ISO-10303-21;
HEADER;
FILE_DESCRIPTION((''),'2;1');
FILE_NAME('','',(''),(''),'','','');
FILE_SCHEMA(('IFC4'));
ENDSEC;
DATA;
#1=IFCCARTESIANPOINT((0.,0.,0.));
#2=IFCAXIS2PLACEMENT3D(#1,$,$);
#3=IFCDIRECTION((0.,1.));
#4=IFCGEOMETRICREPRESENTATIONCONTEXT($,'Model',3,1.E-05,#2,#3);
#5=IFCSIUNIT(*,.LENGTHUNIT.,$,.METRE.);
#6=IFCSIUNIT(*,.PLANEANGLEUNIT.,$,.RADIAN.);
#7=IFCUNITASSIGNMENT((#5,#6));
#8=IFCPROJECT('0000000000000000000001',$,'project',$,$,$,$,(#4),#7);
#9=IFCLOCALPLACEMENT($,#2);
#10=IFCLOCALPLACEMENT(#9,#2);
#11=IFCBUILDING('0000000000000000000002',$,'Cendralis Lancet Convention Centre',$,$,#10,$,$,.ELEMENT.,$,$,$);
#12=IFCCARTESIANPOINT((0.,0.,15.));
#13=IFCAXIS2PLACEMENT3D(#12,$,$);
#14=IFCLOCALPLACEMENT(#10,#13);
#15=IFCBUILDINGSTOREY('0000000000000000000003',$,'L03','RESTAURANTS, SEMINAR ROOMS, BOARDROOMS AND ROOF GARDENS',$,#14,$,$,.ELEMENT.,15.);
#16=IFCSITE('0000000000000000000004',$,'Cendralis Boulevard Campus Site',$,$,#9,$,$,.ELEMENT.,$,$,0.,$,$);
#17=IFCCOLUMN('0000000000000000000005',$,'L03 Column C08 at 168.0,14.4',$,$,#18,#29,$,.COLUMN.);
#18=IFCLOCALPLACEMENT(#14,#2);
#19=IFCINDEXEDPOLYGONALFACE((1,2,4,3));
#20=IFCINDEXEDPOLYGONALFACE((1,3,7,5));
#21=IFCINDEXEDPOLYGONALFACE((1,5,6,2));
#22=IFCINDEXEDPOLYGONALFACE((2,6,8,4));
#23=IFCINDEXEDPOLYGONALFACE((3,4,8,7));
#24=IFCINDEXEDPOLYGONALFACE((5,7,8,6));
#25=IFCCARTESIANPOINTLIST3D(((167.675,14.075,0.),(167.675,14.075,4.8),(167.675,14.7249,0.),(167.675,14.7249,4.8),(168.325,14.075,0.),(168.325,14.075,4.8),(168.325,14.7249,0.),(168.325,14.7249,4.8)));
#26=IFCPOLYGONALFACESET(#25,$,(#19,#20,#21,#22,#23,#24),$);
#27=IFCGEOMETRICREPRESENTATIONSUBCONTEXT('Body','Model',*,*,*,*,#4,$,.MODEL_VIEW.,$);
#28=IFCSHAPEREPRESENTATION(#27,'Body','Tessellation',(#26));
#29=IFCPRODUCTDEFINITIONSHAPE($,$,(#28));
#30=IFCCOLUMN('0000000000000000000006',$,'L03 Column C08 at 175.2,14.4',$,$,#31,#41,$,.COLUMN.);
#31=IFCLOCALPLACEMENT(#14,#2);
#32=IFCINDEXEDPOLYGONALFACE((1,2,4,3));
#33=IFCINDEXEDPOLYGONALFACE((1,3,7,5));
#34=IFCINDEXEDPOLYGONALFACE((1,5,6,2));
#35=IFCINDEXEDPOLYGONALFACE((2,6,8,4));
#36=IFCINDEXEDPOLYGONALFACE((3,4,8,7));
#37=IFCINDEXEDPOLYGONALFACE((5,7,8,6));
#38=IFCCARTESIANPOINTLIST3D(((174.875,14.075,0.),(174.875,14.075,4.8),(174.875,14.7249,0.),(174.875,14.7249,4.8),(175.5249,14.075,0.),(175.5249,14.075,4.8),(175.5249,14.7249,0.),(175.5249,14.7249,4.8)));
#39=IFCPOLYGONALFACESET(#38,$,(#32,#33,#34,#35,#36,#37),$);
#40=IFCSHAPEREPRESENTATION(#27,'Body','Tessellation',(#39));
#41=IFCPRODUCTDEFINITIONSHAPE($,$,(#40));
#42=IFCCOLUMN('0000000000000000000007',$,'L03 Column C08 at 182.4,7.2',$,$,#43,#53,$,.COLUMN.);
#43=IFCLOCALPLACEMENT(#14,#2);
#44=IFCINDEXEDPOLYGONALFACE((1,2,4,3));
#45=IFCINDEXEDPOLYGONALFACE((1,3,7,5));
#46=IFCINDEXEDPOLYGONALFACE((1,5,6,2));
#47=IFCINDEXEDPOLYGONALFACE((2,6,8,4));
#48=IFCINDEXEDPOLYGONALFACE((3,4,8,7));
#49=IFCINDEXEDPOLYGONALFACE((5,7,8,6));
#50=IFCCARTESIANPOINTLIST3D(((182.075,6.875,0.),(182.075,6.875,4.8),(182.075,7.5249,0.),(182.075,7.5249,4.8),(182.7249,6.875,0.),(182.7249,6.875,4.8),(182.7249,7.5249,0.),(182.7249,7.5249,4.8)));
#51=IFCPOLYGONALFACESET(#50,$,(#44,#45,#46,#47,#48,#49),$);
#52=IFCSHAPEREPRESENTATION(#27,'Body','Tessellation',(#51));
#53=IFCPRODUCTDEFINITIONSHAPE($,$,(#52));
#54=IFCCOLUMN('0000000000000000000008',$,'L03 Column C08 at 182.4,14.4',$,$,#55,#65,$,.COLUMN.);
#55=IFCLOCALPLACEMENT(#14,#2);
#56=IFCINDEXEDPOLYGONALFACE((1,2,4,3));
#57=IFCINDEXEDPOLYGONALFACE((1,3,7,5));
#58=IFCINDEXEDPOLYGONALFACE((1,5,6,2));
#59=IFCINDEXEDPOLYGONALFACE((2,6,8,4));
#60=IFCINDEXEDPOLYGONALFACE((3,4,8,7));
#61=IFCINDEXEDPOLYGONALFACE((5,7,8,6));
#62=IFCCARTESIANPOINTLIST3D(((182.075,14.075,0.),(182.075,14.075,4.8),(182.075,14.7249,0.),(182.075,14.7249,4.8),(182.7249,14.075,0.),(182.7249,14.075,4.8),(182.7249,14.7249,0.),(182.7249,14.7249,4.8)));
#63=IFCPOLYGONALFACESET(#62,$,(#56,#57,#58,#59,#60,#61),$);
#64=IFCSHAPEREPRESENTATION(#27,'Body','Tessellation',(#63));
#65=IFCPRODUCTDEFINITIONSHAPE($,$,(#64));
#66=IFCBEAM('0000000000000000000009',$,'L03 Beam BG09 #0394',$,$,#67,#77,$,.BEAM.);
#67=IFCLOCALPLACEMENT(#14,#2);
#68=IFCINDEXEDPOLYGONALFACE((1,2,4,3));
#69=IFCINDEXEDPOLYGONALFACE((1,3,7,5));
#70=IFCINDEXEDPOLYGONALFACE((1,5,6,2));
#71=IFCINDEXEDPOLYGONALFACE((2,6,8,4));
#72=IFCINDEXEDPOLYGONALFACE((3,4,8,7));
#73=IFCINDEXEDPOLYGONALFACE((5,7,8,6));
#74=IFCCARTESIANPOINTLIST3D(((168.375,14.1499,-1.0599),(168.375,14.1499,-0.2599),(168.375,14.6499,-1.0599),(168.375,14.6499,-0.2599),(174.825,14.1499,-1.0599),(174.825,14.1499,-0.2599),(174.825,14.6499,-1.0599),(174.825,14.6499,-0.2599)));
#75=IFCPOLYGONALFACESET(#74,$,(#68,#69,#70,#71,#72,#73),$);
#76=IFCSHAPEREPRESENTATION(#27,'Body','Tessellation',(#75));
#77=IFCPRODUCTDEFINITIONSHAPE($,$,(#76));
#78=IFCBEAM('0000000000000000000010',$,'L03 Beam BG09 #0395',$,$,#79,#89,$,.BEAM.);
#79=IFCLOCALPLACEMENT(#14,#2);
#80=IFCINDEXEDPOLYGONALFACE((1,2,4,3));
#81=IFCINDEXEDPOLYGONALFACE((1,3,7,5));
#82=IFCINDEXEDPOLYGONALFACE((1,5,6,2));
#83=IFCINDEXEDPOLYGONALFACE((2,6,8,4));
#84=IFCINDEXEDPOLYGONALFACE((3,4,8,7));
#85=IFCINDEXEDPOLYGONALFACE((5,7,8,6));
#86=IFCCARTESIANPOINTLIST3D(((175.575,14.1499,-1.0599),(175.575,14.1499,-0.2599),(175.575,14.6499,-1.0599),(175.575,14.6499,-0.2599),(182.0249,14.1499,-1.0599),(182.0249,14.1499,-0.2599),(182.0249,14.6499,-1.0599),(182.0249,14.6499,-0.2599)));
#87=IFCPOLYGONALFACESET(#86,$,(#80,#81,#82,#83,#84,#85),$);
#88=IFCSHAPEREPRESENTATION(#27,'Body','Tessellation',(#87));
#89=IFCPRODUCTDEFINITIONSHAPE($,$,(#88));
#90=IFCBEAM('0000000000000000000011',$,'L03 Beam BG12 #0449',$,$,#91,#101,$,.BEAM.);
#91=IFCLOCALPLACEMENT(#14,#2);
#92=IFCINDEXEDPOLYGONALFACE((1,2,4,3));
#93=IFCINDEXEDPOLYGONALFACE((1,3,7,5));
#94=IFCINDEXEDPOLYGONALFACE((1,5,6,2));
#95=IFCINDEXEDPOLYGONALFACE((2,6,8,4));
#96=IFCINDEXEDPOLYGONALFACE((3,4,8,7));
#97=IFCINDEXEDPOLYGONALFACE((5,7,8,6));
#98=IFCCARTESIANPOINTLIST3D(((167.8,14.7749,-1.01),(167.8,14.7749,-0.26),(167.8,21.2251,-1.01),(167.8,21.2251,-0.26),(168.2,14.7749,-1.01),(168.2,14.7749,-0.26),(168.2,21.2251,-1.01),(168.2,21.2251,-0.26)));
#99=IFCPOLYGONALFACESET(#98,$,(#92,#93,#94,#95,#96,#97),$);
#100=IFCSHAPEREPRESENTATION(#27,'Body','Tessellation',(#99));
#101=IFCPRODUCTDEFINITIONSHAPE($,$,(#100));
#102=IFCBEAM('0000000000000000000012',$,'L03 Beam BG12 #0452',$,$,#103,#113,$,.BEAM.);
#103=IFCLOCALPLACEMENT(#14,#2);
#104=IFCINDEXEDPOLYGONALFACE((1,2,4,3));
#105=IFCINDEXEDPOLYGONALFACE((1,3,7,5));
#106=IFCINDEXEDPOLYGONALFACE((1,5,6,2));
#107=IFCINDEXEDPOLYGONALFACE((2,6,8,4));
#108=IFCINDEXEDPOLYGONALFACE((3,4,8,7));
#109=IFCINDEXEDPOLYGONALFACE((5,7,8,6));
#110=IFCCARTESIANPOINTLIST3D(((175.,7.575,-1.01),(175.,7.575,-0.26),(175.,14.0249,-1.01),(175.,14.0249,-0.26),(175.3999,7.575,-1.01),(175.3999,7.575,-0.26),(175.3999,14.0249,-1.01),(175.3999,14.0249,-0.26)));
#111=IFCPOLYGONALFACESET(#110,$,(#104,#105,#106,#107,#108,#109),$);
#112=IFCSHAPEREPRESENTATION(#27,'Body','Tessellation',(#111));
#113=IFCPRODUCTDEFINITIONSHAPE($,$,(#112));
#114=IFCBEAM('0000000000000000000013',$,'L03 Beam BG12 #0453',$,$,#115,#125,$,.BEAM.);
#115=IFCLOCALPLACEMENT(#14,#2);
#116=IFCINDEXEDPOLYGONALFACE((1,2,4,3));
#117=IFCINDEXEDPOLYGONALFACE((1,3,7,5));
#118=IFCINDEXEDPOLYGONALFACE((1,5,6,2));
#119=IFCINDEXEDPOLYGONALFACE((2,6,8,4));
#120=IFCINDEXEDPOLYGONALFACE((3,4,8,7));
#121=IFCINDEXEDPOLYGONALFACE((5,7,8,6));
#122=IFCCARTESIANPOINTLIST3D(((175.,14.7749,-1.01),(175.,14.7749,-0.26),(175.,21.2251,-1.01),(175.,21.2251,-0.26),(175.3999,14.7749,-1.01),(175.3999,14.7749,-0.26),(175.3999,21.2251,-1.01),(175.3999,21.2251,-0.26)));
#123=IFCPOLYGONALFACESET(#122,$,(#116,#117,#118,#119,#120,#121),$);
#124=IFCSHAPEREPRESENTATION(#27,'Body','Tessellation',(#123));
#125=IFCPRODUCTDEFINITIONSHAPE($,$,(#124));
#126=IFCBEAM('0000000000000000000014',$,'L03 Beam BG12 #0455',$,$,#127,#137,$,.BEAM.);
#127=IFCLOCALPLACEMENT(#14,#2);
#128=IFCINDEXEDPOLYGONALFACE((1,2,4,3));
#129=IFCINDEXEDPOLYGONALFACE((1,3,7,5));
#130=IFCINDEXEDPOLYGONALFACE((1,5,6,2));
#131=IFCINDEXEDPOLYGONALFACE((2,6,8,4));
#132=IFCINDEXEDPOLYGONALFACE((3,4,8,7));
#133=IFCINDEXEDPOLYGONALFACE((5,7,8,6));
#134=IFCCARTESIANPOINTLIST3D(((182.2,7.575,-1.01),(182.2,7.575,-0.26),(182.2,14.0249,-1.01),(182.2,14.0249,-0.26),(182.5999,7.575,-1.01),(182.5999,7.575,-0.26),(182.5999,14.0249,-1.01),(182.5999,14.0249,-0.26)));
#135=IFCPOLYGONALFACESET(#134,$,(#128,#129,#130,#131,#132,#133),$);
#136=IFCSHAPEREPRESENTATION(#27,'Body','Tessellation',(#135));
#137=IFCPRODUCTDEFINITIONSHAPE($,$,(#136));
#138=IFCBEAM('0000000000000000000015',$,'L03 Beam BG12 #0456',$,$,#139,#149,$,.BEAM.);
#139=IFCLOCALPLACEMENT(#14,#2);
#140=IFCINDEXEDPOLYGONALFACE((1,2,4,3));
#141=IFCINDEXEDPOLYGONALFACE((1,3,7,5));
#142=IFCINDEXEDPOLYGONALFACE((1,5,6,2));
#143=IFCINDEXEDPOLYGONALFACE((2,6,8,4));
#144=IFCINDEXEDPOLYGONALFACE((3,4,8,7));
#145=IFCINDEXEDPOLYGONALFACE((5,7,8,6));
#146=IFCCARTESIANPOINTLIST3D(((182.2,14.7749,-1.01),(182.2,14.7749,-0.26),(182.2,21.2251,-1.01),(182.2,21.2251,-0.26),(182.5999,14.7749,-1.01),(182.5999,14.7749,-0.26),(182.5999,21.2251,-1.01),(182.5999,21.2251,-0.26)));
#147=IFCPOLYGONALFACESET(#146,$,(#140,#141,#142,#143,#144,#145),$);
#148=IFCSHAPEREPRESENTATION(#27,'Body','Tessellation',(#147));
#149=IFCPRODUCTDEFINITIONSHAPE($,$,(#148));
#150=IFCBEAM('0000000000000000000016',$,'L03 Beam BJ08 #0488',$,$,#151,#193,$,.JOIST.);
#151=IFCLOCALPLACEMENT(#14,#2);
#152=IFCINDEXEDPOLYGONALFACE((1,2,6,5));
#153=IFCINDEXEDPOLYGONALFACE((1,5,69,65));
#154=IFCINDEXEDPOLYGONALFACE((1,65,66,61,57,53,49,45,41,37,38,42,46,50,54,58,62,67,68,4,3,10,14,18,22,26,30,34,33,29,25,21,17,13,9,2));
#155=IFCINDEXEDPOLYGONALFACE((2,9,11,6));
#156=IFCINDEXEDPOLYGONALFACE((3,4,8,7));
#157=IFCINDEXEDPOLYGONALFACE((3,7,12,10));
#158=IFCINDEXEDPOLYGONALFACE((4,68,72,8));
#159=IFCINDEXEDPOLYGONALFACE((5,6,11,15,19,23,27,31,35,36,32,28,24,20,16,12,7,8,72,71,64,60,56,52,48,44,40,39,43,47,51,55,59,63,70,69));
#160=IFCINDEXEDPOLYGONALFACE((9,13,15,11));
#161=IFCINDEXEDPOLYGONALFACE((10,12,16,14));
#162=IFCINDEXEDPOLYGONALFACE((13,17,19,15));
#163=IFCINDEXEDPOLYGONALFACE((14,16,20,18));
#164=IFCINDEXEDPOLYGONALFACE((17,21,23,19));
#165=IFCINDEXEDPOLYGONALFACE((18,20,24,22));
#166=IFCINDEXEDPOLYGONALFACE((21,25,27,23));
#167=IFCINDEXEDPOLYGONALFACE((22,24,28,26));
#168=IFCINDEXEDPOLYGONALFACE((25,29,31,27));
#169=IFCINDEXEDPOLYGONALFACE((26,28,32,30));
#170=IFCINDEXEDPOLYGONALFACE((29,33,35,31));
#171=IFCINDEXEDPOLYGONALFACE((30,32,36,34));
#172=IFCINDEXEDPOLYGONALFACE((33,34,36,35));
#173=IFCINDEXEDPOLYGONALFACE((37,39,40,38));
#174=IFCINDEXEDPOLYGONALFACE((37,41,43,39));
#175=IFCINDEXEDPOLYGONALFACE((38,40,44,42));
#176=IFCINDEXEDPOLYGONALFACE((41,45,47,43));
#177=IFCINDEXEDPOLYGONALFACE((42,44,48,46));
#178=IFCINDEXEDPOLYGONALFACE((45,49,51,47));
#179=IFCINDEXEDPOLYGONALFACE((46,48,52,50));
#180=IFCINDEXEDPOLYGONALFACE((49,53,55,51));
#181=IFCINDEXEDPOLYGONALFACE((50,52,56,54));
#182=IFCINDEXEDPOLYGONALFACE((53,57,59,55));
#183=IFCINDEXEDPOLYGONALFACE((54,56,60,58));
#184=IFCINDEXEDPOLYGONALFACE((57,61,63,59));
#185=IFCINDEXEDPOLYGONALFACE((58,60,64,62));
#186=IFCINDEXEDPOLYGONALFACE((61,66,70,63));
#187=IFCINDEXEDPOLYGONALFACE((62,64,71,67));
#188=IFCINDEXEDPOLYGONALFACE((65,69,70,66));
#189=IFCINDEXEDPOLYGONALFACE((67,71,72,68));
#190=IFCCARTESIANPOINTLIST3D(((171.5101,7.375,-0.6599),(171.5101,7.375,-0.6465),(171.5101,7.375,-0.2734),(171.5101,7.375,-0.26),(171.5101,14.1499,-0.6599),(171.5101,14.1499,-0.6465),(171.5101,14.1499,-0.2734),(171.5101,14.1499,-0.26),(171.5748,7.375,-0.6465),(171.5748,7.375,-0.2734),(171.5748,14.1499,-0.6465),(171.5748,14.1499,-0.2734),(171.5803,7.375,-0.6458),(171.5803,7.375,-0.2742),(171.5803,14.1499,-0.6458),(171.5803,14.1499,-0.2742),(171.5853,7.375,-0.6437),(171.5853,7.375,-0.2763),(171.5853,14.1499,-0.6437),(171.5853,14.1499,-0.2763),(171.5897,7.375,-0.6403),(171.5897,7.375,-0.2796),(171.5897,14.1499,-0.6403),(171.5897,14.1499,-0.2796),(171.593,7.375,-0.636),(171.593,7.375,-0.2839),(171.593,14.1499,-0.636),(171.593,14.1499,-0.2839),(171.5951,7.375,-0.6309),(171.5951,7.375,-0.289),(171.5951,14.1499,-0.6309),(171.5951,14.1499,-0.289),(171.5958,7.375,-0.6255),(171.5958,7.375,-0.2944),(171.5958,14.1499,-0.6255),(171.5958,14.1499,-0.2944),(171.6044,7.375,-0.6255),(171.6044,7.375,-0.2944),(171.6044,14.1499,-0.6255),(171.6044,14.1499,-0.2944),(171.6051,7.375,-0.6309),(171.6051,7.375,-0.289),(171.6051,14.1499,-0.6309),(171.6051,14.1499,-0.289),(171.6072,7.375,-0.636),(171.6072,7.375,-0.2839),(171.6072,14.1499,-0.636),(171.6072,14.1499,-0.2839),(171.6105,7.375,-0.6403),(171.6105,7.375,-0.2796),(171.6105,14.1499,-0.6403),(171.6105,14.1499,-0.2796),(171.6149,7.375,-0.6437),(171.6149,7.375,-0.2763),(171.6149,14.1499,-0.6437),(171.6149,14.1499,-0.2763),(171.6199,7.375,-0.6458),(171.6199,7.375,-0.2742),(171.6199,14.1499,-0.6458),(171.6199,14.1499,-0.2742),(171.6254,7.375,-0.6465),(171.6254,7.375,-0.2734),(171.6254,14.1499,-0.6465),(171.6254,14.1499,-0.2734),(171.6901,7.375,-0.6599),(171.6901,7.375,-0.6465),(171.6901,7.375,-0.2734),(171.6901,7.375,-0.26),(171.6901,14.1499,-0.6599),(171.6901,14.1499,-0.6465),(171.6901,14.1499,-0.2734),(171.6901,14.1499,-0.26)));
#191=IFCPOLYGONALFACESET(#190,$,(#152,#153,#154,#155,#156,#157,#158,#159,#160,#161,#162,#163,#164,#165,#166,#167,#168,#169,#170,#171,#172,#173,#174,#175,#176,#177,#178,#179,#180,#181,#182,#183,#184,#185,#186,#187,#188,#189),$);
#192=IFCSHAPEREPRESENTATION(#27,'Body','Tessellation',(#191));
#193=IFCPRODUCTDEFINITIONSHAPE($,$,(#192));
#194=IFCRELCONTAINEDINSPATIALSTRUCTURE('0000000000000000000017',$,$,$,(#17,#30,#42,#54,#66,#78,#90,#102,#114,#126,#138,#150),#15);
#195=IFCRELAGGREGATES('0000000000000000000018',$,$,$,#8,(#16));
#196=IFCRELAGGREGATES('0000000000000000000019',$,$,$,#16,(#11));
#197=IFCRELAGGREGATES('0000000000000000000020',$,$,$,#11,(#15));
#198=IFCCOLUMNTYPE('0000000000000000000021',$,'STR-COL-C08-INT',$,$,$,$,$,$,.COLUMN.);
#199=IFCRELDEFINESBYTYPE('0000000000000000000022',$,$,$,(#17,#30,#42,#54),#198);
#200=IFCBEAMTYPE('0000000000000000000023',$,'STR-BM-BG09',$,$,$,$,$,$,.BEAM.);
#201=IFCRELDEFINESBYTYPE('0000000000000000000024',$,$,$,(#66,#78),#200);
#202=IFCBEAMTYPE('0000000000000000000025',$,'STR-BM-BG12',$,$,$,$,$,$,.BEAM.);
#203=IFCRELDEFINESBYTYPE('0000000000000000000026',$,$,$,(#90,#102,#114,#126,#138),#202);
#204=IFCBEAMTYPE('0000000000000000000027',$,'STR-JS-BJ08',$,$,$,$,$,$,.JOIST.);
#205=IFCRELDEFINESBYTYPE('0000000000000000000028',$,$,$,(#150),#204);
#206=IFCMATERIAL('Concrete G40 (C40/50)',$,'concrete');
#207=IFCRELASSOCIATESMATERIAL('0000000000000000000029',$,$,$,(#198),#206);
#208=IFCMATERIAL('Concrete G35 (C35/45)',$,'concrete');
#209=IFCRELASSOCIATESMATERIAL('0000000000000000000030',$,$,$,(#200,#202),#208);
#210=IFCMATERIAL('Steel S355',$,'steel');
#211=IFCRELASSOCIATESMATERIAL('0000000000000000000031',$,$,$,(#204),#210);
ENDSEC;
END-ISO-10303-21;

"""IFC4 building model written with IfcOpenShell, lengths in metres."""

from ifc_helpers import new_model, si_unit, direction, frame, origin, origin_2d, place, context, subcontext, project, spatial, rectangle, i_section, extrude, material, material_profile, profile_set, type_object, element, save


model = new_model("IFC4")

# Units and contexts
model_context = context("Model", 3, precision=1e-05, world=origin(), true_north=direction((0.0, 1.0)))
body_context = subcontext(model_context, "Body", "Model", "MODEL_VIEW")
ifc_project = project(units=[si_unit("LENGTHUNIT", "METRE"), si_unit("PLANEANGLEUNIT", "RADIAN")], contexts=[model_context])

# Site, building, storey
site_placement = place(None, origin())
site = spatial("IfcSite", under=ifc_project, at=site_placement, Name="Cendralis Boulevard Campus Site", CompositionType="ELEMENT", RefElevation=0.0)
building_placement = place(site_placement, origin())
building = spatial("IfcBuilding", under=site, at=building_placement, Name="Cendralis Lancet Convention Centre", CompositionType="ELEMENT")
storey_placement = place(building_placement, frame((0.0, 0.0, 15.0)))
storey = spatial("IfcBuildingStorey", under=building, at=storey_placement, Name="L03", Description="RESTAURANTS, SEMINAR ROOMS, BOARDROOMS AND ROOF GARDENS", CompositionType="ELEMENT", Elevation=15.0)

# Columns
ifc_material_1 = material(Name="Concrete G40 (C40/50)", Category="concrete")
ifc_material_profile_1 = material_profile(ifc_material_1, rectangle(XDim=0.6499, YDim=0.6499, at=origin_2d()), Name="RC 650x650")
ifc_profile_set_1 = profile_set([ifc_material_profile_1], Name="Concrete G40 (C40/50)")
column_type = type_object("IfcColumnType", Name="STR-COL-C08-INT", PredefinedType="COLUMN", material=ifc_profile_set_1)
for number, where, z_axis, x_axis, name in (
    (1, (168.0, 14.3999, 0.0), (0.0, 0.0, 1.0), (1.0, 0.0, 0.0), "L03 Column C08 at 168.0,14.4"),
    (2, (175.2, 14.3999, 0.0), (0.0, 0.0, 1.0), (1.0, 0.0, 0.0), "L03 Column C08 at 175.2,14.4"),
    (3, (182.3999, 7.2, 0.0), (0.0, 0.0, 1.0), (1.0, 0.0, 0.0), "L03 Column C08 at 182.4,7.2"),
    (4, (182.3999, 14.3999, 0.0), (0.0, 0.0, 1.0), (1.0, 0.0, 0.0), "L03 Column C08 at 182.4,14.4"),
):
    element("IfcColumn", number, at=place(storey_placement, frame(where, z_axis=z_axis, x_axis=x_axis)), inside=storey, type_object=column_type, Name=name, PredefinedType="COLUMN", context=body_context, shape_type="SweptSolid", body=[
        extrude(rectangle(XDim=0.6499, YDim=0.6499, at=origin_2d()), origin(), (0.0, 0.0, 1.0), 4.8),
    ])

# Beams
ifc_material_2 = material(Name="Concrete G35 (C35/45)", Category="concrete")
ifc_material_profile_2 = material_profile(ifc_material_2, rectangle(XDim=0.5, YDim=0.8, at=origin_2d()), Name="RCB 500x800")
ifc_profile_set_2 = profile_set([ifc_material_profile_2], Name="Concrete G35 (C35/45)")
beam_type_1 = type_object("IfcBeamType", Name="STR-BM-BG09", PredefinedType="BEAM", material=ifc_profile_set_2)
for number, where, z_axis, x_axis, name in (
    (5, (168.375, 14.3999, -0.6599), (1.0, 0.0, 0.0), (0.0, 1.0, 0.0), "L03 Beam BG09 #0394"),
    (6, (175.575, 14.3999, -0.6599), (1.0, 0.0, 0.0), (0.0, 1.0, 0.0), "L03 Beam BG09 #0395"),
):
    element("IfcBeam", number, at=place(storey_placement, frame(where, z_axis=z_axis, x_axis=x_axis)), inside=storey, type_object=beam_type_1, Name=name, PredefinedType="BEAM", context=body_context, shape_type="SweptSolid", body=[
        extrude(rectangle(XDim=0.5, YDim=0.8, at=origin_2d()), origin(), (0.0, 0.0, 1.0), 6.45),
    ])
ifc_material_profile_3 = material_profile(ifc_material_2, rectangle(XDim=0.3999, YDim=0.75, at=origin_2d()), Name="RCB 400x750")
ifc_profile_set_3 = profile_set([ifc_material_profile_3], Name="Concrete G35 (C35/45)")
beam_type_2 = type_object("IfcBeamType", Name="STR-BM-BG12", PredefinedType="BEAM", material=ifc_profile_set_3)
beam_1_placement = place(storey_placement, frame((168.0, 14.7749, -0.635), z_axis=(0.0, 1.0, 0.0), x_axis=(-1.0, 0.0, 0.0)))
element("IfcBeam", 7, at=beam_1_placement, inside=storey, type_object=beam_type_2, Name="L03 Beam BG12 #0449", PredefinedType="BEAM", context=body_context, shape_type="SweptSolid", body=[
    extrude(rectangle(XDim=0.3999, YDim=0.75, at=origin_2d()), origin(), (0.0, 0.0, 1.0), 6.4502),
])
beam_2_placement = place(storey_placement, frame((175.2, 7.575, -0.635), z_axis=(0.0, 1.0, 0.0), x_axis=(-1.0, 0.0, 0.0)))
element("IfcBeam", 8, at=beam_2_placement, inside=storey, type_object=beam_type_2, Name="L03 Beam BG12 #0452", PredefinedType="BEAM", context=body_context, shape_type="SweptSolid", body=[
    extrude(rectangle(XDim=0.3999, YDim=0.75, at=origin_2d()), origin(), (0.0, 0.0, 1.0), 6.45),
])
beam_3_placement = place(storey_placement, frame((175.2, 14.7749, -0.635), z_axis=(0.0, 1.0, 0.0), x_axis=(-1.0, 0.0, 0.0)))
element("IfcBeam", 9, at=beam_3_placement, inside=storey, type_object=beam_type_2, Name="L03 Beam BG12 #0453", PredefinedType="BEAM", context=body_context, shape_type="SweptSolid", body=[
    extrude(rectangle(XDim=0.3999, YDim=0.75, at=origin_2d()), origin(), (0.0, 0.0, 1.0), 6.4502),
])
beam_4_placement = place(storey_placement, frame((182.3999, 7.575, -0.635), z_axis=(0.0, 1.0, 0.0), x_axis=(-1.0, 0.0, 0.0)))
element("IfcBeam", 10, at=beam_4_placement, inside=storey, type_object=beam_type_2, Name="L03 Beam BG12 #0455", PredefinedType="BEAM", context=body_context, shape_type="SweptSolid", body=[
    extrude(rectangle(XDim=0.3999, YDim=0.75, at=origin_2d()), origin(), (0.0, 0.0, 1.0), 6.45),
])
beam_5_placement = place(storey_placement, frame((182.3999, 14.7749, -0.635), z_axis=(0.0, 1.0, 0.0), x_axis=(-1.0, 0.0, 0.0)))
element("IfcBeam", 11, at=beam_5_placement, inside=storey, type_object=beam_type_2, Name="L03 Beam BG12 #0456", PredefinedType="BEAM", context=body_context, shape_type="SweptSolid", body=[
    extrude(rectangle(XDim=0.3999, YDim=0.75, at=origin_2d()), origin(), (0.0, 0.0, 1.0), 6.4502),
])
ifc_material_3 = material(Name="Steel S355", Category="steel")
ifc_material_profile_4 = material_profile(ifc_material_3, i_section(OverallWidth=0.1799, OverallDepth=0.3999, WebThickness=0.0085, FlangeThickness=0.0134, FilletRadius=0.021, at=origin_2d()), Name="IPE 400")
ifc_profile_set_4 = profile_set([ifc_material_profile_4], Name="Steel S355")
beam_type_3 = type_object("IfcBeamType", Name="STR-JS-BJ08", PredefinedType="JOIST", material=ifc_profile_set_4)
beam_6_placement = place(storey_placement, frame((171.6001, 7.375, -0.46), z_axis=(0.0, 1.0, 0.0), x_axis=(-1.0, 0.0, 0.0)))
element("IfcBeam", 12, at=beam_6_placement, inside=storey, type_object=beam_type_3, Name="L03 Beam BJ08 #0488", PredefinedType="JOIST", context=body_context, shape_type="SweptSolid", body=[
    extrude(i_section(OverallWidth=0.1799, OverallDepth=0.3999, WebThickness=0.0085, FlangeThickness=0.0134, FilletRadius=0.021, at=origin_2d()), origin(), (0.0, 0.0, 1.0), 6.7749),
])

save(model, "model.ifc")
